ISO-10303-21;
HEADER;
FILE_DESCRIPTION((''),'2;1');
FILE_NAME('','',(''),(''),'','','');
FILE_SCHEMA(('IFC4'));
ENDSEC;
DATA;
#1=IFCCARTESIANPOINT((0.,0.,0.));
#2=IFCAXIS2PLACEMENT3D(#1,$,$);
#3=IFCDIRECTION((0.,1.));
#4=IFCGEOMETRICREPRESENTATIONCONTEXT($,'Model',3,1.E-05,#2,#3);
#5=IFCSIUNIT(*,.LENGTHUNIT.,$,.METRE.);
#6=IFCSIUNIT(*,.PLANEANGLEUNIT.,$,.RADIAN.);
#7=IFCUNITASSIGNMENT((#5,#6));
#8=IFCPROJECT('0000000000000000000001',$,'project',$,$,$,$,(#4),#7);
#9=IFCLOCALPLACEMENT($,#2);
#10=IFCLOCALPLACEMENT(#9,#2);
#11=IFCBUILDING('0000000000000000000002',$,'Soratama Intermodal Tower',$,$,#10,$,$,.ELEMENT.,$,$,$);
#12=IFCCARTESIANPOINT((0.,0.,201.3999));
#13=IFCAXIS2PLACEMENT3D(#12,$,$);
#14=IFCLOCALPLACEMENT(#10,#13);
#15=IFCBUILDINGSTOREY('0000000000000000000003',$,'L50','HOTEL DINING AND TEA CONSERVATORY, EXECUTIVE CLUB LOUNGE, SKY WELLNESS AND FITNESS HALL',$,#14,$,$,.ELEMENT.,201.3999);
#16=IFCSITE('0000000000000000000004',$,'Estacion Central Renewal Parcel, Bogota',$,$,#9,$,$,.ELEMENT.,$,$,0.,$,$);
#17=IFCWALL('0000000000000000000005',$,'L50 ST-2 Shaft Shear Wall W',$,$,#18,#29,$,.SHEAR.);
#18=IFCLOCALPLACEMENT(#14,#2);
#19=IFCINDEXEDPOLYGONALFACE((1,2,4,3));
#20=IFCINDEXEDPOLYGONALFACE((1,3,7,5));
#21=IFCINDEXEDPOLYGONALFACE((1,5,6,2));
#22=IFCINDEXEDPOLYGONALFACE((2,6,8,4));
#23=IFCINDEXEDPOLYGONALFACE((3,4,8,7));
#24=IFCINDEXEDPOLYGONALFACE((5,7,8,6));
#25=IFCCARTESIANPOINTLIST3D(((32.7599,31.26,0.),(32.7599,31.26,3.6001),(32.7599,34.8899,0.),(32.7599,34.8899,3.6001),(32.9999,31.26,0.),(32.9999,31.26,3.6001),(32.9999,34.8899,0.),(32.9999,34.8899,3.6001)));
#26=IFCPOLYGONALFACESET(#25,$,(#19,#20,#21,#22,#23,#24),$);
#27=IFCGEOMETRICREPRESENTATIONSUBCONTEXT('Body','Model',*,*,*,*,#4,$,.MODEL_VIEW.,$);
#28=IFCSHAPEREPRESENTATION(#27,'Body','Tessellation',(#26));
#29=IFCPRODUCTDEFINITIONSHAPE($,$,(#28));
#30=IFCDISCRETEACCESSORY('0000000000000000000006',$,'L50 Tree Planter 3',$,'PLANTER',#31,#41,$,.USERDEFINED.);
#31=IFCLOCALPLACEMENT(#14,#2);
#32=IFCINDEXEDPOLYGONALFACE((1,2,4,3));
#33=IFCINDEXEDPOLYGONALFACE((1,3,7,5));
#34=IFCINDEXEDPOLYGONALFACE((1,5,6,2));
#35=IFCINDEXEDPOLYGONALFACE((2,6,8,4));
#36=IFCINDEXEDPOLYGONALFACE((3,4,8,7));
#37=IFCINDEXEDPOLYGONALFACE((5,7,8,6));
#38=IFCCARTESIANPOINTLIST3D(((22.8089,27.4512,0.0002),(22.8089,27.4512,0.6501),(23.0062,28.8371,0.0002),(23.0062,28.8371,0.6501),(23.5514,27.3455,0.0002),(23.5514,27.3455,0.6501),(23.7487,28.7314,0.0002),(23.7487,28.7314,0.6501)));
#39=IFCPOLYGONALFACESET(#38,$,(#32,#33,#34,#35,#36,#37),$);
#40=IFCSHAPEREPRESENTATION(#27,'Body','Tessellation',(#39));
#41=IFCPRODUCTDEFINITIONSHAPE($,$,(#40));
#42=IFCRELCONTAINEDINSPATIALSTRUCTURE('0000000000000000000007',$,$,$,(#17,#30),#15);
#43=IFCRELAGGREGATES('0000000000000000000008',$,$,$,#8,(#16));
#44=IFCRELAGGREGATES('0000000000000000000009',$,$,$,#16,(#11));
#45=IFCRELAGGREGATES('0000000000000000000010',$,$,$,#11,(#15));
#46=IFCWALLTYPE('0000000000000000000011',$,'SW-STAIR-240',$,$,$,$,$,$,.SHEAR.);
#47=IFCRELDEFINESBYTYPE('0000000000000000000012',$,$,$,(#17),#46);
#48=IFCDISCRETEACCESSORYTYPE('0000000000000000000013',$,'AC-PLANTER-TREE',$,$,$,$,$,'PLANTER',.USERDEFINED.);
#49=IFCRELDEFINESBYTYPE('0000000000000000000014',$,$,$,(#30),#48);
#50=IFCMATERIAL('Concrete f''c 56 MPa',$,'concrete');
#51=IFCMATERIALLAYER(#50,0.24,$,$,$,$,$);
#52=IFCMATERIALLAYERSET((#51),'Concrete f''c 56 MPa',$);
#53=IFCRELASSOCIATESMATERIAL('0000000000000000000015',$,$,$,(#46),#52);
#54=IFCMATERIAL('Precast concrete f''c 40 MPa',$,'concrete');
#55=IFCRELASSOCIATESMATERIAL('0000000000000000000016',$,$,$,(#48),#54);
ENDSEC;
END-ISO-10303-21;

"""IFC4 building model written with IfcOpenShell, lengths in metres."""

from ifc_helpers import new_model, si_unit, direction, frame, frame_2d, origin, origin_2d, place, context, subcontext, project, spatial, rectangle, extrude, material, layer, layer_set, type_object, element, save


model = new_model("IFC4")

# Units and contexts
model_context = context("Model", 3, precision=1e-05, world=origin(), true_north=direction((0.0, 1.0)))
body_context = subcontext(model_context, "Body", "Model", "MODEL_VIEW")
ifc_project = project(units=[si_unit("LENGTHUNIT", "METRE"), si_unit("PLANEANGLEUNIT", "RADIAN")], contexts=[model_context])

# Site, building, storey
site_placement = place(None, origin())
site = spatial("IfcSite", under=ifc_project, at=site_placement, Name="Estacion Central Renewal Parcel, Bogota", CompositionType="ELEMENT", RefElevation=0.0)
building_placement = place(site_placement, origin())
building = spatial("IfcBuilding", under=site, at=building_placement, Name="Soratama Intermodal Tower", CompositionType="ELEMENT")
storey_placement = place(building_placement, frame((0.0, 0.0, 201.3999)))
storey = spatial("IfcBuildingStorey", under=building, at=storey_placement, Name="L50", Description="HOTEL DINING AND TEA CONSERVATORY, EXECUTIVE CLUB LOUNGE, SKY WELLNESS AND FITNESS HALL", CompositionType="ELEMENT", Elevation=201.3999)

# Wall
ifc_material_1 = material(Name="Concrete f'c 56 MPa", Category="concrete")
ifc_layer_1 = layer(ifc_material_1, 0.24)
ifc_layer_set_1 = layer_set([ifc_layer_1], Name="Concrete f'c 56 MPa")
wall_type_1 = type_object("IfcWallType", Name="SW-STAIR-240", PredefinedType="SHEAR", material=ifc_layer_set_1)
wall_1_placement = place(storey_placement, frame((32.8799, 31.26, 0.0), z_axis=(0.0, 0.0, 1.0), x_axis=(0.0, 1.0, 0.0)))
element("IfcWall", 1, at=wall_1_placement, inside=storey, type_object=wall_type_1, Name="L50 ST-2 Shaft Shear Wall W", PredefinedType="SHEAR", context=body_context, shape_type="SweptSolid", body=[
    extrude(rectangle(XDim=3.6299, YDim=0.24, at=frame_2d((1.8149, 0.0))), origin(), (0.0, 0.0, 1.0), 3.6001),
])

# Discrete accessory
ifc_material_2 = material(Name="Precast concrete f'c 40 MPa", Category="concrete")
discrete_accessory_type = type_object("IfcDiscreteAccessoryType", Name="AC-PLANTER-TREE", ElementType="PLANTER", PredefinedType="USERDEFINED", material=ifc_material_2)
discrete_accessory_placement = place(storey_placement, frame((23.2788, 28.0913, 0.0002), z_axis=(0.0, 0.0, 1.0), x_axis=(-0.990024, 0.140901, 0.0)))
element("IfcDiscreteAccessory", 2, at=discrete_accessory_placement, inside=storey, type_object=discrete_accessory_type, Name="L50 Tree Planter 3", ObjectType="PLANTER", PredefinedType="USERDEFINED", context=body_context, shape_type="SweptSolid", body=[
    extrude(rectangle(XDim=0.75, YDim=1.3999, at=origin_2d()), origin(), (0.0, 0.0, 1.0), 0.6499),
])

save(model, "model.ifc")
